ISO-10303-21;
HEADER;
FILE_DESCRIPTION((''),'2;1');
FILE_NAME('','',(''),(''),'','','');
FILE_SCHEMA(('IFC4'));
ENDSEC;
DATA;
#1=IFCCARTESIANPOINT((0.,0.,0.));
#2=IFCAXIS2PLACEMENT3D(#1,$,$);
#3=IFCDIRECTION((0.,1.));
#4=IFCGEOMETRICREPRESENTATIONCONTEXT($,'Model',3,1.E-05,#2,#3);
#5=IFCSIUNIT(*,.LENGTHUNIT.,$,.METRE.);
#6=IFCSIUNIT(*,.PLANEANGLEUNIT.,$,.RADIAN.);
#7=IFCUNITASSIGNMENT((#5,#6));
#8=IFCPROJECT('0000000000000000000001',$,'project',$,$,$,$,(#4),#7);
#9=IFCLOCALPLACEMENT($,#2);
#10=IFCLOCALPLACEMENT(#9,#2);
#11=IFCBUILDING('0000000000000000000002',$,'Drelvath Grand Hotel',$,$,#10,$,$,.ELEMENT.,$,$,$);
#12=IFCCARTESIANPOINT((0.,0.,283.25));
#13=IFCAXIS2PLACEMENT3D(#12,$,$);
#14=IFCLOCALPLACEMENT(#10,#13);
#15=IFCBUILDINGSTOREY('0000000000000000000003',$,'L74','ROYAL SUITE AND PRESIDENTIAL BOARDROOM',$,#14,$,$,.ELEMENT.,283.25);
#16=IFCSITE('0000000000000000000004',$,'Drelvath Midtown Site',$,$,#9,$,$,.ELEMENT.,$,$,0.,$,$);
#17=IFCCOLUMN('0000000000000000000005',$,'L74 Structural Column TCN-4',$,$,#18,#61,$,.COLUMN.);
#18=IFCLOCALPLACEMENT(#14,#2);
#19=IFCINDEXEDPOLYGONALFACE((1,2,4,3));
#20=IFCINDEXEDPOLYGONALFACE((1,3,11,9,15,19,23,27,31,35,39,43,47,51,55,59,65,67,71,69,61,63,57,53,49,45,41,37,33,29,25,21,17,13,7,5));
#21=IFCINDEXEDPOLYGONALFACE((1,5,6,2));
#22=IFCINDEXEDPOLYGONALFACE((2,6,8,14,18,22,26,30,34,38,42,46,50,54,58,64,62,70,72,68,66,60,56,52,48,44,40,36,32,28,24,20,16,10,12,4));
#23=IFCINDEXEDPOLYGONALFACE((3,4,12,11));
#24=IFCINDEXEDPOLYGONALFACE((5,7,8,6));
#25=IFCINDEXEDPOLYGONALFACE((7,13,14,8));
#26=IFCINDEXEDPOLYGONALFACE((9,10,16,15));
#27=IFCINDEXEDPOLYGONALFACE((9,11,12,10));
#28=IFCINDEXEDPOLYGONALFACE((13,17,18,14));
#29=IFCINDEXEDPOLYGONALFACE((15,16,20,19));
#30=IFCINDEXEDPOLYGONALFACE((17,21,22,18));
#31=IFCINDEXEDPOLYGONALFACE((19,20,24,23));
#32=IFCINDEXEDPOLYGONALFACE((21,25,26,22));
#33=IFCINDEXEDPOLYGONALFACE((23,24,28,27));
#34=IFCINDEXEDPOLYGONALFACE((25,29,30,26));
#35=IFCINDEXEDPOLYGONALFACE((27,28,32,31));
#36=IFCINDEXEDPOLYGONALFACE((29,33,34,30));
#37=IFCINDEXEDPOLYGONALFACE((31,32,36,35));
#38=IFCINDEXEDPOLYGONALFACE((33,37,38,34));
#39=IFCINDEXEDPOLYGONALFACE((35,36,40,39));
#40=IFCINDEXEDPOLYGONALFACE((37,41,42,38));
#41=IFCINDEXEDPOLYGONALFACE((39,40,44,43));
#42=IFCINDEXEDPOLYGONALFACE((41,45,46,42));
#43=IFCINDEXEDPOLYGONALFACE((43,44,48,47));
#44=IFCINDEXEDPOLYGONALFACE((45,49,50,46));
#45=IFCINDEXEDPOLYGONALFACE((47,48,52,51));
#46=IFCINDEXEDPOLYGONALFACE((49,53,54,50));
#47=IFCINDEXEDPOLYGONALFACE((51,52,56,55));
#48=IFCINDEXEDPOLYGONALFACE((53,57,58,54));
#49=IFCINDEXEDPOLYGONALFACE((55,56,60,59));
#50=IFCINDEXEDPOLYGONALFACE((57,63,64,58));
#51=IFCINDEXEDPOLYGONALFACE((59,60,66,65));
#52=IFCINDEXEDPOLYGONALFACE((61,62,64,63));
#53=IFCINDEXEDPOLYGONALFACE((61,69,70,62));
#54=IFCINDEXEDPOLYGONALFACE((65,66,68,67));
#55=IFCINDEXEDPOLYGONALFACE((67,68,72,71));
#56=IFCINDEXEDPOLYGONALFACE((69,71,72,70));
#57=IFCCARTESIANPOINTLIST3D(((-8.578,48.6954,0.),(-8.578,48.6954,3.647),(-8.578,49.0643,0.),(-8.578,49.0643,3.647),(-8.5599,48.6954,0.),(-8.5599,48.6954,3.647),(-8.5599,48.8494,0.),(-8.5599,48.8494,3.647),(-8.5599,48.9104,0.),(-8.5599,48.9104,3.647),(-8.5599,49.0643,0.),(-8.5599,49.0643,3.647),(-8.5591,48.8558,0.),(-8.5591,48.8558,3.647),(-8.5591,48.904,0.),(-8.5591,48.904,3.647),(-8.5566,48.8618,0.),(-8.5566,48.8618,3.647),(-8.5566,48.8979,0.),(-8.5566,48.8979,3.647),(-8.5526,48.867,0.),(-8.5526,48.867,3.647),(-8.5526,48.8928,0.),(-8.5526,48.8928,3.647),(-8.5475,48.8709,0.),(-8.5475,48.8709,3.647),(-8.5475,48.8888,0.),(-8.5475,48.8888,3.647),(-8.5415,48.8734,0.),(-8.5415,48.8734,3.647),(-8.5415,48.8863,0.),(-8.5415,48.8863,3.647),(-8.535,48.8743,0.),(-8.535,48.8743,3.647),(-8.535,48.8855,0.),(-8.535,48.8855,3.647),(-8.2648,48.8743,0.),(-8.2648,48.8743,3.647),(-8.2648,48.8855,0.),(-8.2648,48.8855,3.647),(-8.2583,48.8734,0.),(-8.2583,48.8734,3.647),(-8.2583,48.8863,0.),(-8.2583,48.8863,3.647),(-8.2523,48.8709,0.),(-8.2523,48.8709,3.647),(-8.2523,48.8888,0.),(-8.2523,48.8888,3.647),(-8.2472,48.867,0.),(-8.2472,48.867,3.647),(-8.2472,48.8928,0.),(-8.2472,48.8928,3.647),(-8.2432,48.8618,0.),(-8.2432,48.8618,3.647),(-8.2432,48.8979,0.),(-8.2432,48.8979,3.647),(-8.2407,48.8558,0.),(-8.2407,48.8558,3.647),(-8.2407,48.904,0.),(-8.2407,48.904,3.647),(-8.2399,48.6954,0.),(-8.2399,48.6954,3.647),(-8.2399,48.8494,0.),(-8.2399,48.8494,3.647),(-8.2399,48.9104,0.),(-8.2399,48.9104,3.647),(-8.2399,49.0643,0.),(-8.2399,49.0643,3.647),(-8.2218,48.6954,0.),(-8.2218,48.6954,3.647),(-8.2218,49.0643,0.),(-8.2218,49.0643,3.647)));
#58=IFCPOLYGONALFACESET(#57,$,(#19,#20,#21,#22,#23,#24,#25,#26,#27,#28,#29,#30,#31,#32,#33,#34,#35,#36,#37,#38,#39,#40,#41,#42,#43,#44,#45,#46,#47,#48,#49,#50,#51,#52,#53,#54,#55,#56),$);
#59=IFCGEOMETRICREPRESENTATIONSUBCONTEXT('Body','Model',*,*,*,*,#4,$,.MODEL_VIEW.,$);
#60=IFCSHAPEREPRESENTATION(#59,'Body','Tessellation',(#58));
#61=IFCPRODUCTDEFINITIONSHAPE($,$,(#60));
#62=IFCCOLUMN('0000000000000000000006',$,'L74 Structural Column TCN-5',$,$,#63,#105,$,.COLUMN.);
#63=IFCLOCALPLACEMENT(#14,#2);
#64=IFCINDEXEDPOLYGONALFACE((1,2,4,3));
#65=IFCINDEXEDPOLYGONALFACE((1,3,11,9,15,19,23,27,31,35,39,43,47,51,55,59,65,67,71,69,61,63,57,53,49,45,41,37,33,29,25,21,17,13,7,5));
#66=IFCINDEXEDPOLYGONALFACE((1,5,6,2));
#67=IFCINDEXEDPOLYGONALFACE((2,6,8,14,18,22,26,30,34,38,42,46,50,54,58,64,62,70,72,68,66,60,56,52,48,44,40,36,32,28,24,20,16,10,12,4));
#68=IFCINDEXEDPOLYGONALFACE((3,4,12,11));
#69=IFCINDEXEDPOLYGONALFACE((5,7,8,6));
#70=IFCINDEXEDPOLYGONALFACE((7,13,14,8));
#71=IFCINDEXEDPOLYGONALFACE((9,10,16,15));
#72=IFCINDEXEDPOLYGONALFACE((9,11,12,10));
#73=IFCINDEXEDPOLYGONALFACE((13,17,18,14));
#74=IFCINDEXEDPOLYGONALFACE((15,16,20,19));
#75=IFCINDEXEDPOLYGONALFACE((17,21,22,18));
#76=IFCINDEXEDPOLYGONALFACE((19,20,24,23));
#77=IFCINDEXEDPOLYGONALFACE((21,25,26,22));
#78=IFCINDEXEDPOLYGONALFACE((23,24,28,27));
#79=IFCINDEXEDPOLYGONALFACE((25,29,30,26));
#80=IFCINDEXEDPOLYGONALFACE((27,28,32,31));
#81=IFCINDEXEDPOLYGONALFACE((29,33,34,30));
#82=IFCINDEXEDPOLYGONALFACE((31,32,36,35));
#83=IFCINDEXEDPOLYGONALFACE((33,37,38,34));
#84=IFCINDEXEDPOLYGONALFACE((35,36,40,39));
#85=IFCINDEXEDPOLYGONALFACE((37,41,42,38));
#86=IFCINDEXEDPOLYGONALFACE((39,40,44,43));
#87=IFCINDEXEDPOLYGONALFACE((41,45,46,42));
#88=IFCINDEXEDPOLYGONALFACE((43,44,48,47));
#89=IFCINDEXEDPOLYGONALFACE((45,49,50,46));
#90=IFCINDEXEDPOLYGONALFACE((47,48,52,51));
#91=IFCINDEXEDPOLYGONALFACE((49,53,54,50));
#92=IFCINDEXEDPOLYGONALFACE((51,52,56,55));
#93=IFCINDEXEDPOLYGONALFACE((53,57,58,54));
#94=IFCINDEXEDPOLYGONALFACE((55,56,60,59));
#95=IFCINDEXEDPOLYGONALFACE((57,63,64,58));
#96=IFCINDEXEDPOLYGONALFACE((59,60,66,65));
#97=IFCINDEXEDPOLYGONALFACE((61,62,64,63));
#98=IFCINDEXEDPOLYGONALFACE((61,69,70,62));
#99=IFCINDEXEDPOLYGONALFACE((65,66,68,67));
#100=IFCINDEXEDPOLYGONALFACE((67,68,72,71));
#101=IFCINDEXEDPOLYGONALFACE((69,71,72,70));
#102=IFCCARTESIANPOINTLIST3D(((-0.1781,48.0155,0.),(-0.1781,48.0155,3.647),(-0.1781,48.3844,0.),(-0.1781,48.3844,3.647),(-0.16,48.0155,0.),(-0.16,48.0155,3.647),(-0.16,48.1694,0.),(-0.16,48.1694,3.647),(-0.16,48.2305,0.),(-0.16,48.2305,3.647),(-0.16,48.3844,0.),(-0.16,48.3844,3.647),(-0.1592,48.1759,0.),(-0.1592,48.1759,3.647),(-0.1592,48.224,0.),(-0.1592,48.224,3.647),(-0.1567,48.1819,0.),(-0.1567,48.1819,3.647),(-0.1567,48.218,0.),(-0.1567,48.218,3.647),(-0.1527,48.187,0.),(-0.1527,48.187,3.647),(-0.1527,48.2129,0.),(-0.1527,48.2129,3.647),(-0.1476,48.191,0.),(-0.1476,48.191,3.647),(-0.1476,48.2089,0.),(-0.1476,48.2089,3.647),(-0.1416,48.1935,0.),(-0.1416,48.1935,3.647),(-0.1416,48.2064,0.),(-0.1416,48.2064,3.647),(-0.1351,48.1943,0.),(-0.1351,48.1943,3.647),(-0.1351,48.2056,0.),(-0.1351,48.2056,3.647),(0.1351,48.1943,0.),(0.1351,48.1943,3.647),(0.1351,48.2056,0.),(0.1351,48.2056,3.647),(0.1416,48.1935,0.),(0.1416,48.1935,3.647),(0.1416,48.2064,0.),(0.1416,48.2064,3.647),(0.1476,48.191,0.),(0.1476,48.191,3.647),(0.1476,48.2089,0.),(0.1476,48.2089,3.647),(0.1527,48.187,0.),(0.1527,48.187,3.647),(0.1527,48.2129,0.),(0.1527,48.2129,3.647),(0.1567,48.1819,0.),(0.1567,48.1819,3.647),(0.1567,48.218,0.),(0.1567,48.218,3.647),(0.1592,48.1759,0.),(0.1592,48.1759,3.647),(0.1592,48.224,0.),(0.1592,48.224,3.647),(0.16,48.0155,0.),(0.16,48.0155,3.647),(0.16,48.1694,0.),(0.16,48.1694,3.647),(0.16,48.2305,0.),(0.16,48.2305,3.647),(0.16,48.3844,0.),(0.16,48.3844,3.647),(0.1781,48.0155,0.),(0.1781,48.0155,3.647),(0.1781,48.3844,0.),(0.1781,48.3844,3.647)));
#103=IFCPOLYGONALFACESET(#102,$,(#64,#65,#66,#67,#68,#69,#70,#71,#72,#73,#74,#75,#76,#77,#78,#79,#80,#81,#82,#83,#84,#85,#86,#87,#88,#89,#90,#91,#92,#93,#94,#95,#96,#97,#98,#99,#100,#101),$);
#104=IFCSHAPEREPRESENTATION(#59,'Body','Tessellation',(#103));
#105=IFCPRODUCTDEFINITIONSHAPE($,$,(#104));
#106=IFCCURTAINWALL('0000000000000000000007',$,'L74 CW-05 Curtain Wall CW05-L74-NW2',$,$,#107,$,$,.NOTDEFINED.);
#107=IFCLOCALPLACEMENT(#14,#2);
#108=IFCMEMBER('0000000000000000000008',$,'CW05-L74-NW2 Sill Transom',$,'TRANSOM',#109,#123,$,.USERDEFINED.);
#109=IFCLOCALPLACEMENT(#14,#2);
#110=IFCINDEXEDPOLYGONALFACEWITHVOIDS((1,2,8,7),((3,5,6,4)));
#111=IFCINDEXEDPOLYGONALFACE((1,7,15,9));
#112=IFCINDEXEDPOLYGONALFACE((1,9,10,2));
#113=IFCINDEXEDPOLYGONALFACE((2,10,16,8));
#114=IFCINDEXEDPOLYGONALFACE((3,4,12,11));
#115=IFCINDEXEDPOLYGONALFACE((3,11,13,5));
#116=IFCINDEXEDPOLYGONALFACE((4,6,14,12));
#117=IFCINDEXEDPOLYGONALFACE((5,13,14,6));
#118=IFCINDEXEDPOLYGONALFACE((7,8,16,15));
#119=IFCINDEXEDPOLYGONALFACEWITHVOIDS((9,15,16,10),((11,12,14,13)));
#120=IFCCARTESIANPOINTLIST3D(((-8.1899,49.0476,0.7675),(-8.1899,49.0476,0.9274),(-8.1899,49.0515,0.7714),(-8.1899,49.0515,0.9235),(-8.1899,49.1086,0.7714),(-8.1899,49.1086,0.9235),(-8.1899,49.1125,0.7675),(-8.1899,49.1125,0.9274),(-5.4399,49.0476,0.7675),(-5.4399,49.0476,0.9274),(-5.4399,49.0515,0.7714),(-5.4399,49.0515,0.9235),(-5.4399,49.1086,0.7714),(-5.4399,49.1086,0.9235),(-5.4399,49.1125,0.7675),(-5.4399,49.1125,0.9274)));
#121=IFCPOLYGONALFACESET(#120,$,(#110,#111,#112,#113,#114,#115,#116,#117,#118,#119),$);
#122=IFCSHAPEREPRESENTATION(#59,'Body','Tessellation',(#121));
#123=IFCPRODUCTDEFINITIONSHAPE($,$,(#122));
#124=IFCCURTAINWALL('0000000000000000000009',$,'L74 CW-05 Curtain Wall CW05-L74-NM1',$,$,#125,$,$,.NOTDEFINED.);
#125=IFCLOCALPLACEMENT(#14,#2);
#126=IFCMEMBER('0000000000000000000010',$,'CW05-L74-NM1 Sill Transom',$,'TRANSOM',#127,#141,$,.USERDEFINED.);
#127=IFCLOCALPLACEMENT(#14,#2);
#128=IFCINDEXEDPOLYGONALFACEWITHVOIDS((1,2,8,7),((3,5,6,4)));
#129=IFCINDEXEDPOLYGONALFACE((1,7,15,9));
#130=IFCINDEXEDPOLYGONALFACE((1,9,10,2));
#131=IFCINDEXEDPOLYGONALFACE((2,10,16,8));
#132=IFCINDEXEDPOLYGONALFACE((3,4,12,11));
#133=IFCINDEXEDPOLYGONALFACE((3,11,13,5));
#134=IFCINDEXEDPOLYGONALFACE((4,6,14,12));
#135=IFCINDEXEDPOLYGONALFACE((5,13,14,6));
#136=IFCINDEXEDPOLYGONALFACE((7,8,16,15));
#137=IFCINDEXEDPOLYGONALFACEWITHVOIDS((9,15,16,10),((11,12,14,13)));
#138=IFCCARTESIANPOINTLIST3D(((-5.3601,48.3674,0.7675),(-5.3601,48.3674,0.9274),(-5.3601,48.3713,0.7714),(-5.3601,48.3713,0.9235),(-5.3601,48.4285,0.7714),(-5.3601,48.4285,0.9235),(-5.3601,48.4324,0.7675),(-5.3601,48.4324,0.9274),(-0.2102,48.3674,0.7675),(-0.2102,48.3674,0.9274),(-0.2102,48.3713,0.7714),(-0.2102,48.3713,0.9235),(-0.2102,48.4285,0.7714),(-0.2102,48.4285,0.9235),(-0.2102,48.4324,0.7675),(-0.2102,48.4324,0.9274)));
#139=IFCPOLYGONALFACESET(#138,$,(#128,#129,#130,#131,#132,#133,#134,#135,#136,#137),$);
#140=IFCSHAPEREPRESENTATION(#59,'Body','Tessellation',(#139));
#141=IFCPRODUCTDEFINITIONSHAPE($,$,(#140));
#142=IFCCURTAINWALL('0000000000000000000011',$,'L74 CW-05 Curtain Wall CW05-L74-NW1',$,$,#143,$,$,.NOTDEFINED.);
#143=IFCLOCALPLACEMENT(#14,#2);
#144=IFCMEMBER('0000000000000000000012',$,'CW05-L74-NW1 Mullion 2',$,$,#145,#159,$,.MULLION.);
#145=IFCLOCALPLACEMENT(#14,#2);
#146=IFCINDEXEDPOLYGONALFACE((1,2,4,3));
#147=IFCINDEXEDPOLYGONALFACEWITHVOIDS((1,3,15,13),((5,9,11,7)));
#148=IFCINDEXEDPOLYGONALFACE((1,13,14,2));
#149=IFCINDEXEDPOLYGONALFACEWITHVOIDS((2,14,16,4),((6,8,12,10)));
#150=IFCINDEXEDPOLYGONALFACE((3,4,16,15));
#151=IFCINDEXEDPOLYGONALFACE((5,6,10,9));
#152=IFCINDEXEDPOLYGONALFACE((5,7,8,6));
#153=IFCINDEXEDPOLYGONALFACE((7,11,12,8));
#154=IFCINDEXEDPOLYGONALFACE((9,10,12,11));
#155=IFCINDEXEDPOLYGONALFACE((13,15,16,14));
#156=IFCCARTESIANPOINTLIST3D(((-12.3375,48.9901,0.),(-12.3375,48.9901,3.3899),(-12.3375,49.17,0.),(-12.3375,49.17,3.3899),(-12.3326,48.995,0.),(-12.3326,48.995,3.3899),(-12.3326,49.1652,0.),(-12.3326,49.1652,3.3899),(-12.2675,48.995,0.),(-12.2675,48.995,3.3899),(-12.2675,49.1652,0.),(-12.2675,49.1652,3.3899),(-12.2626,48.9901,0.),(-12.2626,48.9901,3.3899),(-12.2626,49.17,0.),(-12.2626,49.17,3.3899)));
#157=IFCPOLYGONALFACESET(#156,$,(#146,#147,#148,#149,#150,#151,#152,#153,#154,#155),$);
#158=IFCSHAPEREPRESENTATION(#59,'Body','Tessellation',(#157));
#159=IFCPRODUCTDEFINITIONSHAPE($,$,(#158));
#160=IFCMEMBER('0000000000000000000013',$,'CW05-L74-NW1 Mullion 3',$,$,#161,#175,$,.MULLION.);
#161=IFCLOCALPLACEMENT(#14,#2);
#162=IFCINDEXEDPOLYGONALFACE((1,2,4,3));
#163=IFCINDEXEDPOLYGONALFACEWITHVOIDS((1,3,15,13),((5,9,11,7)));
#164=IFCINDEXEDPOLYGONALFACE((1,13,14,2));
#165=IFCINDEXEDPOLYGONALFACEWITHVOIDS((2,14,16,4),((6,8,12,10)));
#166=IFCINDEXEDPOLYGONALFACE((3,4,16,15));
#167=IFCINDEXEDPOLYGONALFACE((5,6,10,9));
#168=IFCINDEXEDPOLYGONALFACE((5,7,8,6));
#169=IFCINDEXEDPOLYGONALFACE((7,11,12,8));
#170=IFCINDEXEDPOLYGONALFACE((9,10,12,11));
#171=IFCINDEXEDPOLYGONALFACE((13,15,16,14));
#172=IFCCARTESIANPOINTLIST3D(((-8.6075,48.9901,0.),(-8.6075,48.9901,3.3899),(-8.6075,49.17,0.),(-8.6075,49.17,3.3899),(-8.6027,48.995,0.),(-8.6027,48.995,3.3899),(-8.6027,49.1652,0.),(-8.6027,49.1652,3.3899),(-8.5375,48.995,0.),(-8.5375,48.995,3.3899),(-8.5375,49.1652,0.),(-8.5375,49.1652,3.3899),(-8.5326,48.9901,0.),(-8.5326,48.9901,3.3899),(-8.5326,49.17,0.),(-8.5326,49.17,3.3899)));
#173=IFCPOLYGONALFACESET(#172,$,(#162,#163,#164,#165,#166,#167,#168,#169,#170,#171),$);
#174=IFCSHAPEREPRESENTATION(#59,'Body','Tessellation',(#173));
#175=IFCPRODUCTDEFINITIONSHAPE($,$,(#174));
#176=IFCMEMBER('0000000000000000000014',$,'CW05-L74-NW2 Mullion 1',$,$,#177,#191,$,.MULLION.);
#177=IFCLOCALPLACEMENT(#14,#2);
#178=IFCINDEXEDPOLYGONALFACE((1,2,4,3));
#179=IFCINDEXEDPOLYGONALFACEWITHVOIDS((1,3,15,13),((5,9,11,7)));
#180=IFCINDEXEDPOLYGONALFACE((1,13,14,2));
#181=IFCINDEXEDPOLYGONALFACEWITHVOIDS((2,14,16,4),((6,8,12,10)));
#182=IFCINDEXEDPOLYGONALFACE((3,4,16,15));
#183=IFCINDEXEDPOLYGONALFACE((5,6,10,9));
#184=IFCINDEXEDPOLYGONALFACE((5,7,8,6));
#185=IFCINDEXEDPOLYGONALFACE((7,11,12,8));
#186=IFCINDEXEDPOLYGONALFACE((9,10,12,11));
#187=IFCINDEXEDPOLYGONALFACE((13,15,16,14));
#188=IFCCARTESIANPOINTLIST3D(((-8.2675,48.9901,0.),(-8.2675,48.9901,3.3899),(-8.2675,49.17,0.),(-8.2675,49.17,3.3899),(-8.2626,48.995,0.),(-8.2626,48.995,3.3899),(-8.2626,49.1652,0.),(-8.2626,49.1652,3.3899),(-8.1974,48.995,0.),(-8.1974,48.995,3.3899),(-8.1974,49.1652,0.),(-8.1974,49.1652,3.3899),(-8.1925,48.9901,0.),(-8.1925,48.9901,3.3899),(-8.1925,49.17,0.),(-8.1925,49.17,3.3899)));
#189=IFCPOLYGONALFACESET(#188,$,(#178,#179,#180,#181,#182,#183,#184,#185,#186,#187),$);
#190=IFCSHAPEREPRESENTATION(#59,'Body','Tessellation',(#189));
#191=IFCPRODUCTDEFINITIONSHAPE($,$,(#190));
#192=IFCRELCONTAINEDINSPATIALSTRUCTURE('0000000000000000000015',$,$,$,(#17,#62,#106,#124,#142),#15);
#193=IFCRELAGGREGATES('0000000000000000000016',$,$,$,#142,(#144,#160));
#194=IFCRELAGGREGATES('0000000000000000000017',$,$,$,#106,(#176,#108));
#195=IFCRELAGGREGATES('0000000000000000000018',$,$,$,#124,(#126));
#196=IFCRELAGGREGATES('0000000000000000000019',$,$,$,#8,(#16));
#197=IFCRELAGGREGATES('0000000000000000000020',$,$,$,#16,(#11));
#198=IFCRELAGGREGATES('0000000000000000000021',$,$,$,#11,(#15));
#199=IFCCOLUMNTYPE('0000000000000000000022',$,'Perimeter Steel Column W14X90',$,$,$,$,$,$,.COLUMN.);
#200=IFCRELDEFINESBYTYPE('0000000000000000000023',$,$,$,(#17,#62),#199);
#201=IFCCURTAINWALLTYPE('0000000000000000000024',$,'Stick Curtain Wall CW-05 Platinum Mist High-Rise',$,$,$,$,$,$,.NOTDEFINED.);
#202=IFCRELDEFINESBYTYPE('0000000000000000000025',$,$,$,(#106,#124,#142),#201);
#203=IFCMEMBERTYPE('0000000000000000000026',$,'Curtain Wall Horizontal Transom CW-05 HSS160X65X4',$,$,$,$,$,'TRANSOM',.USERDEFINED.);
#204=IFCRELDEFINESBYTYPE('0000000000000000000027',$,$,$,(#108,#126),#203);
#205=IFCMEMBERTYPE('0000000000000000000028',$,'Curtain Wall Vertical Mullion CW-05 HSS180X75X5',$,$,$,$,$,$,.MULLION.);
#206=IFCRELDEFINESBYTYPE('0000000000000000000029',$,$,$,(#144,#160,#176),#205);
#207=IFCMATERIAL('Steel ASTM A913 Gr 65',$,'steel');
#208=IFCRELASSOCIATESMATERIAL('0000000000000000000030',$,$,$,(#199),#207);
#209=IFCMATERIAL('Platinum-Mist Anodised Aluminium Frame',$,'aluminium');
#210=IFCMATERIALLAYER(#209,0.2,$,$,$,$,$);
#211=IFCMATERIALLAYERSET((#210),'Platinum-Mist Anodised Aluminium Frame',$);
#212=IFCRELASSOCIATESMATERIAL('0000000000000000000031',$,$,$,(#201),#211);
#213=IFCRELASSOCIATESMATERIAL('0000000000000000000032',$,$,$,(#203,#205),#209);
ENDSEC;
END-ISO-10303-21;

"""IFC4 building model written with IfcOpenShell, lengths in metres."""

from ifc_helpers import new_model, si_unit, direction, frame, origin, origin_2d, place, context, subcontext, project, spatial, hollow_rectangle, i_section, extrude, material, layer, layer_set, material_profile, profile_set, type_object, element, aggregate, save


model = new_model("IFC4")

# Units and contexts
model_context = context("Model", 3, precision=1e-05, world=origin(), true_north=direction((0.0, 1.0)))
body_context = subcontext(model_context, "Body", "Model", "MODEL_VIEW")
ifc_project = project(units=[si_unit("LENGTHUNIT", "METRE"), si_unit("PLANEANGLEUNIT", "RADIAN")], contexts=[model_context])

# Site, building, storey
site_placement = place(None, origin())
site = spatial("IfcSite", under=ifc_project, at=site_placement, Name="Drelvath Midtown Site", CompositionType="ELEMENT", RefElevation=0.0)
building_placement = place(site_placement, origin())
building = spatial("IfcBuilding", under=site, at=building_placement, Name="Drelvath Grand Hotel", CompositionType="ELEMENT")
storey_placement = place(building_placement, frame((0.0, 0.0, 283.25)))
storey = spatial("IfcBuildingStorey", under=building, at=storey_placement, Name="L74", Description="ROYAL SUITE AND PRESIDENTIAL BOARDROOM", CompositionType="ELEMENT", Elevation=283.25)

# Columns
ifc_material_1 = material(Name="Steel ASTM A913 Gr 65", Category="steel")
ifc_material_profile_1 = material_profile(ifc_material_1, i_section(OverallWidth=0.3689, OverallDepth=0.3562, WebThickness=0.0112, FlangeThickness=0.0181, FilletRadius=0.0249, at=origin_2d()), Name="W14X90")
ifc_profile_set_1 = profile_set([ifc_material_profile_1], Name="Steel ASTM A913 Gr 65")
column_type = type_object("IfcColumnType", Name="Perimeter Steel Column W14X90", PredefinedType="COLUMN", material=ifc_profile_set_1)
for number, where, z_axis, x_axis, name in (
    (1, (-8.3999, 48.8799, 0.0), (0.0, 0.0, 1.0), (0.0, 1.0, 0.0), "L74 Structural Column TCN-4"),
    (2, (0.0, 48.2, 0.0), (0.0, 0.0, 1.0), (0.0, 1.0, 0.0), "L74 Structural Column TCN-5"),
):
    element("IfcColumn", number, at=place(storey_placement, frame(where, z_axis=z_axis, x_axis=x_axis)), inside=storey, type_object=column_type, Name=name, PredefinedType="COLUMN", context=body_context, shape_type="SweptSolid", body=[
        extrude(i_section(OverallWidth=0.3689, OverallDepth=0.3562, WebThickness=0.0112, FlangeThickness=0.0181, FilletRadius=0.0249, at=origin_2d()), origin(), (0.0, 0.0, 1.0), 3.647),
    ])

# Curtain walls, members
ifc_material_2 = material(Name="Platinum-Mist Anodised Aluminium Frame", Category="aluminium")
ifc_layer_1 = layer(ifc_material_2, 0.2)
ifc_layer_set_1 = layer_set([ifc_layer_1], Name="Platinum-Mist Anodised Aluminium Frame")
curtain_wall_type = type_object("IfcCurtainWallType", Name="Stick Curtain Wall CW-05 Platinum Mist High-Rise", PredefinedType="NOTDEFINED", material=ifc_layer_set_1)
curtain_wall_1_placement = place(storey_placement, origin())
curtain_wall_1 = element("IfcCurtainWall", 3, at=curtain_wall_1_placement, inside=storey, type_object=curtain_wall_type, Name="L74 CW-05 Curtain Wall CW05-L74-NW2", PredefinedType="NOTDEFINED")
ifc_material_profile_2 = material_profile(ifc_material_2, hollow_rectangle(XDim=0.0649, YDim=0.1599, WallThickness=0.0039, at=origin_2d()), Name="HSS160X65X4")
ifc_profile_set_2 = profile_set([ifc_material_profile_2], Name="Platinum-Mist Anodised Aluminium Frame")
member_type_1 = type_object("IfcMemberType", Name="Curtain Wall Horizontal Transom CW-05 HSS160X65X4", ElementType="TRANSOM", PredefinedType="USERDEFINED", material=ifc_profile_set_2)
member_1_placement = place(storey_placement, frame((-8.1899, 49.0801, 0.8474), z_axis=(1.0, 0.0, 0.0), x_axis=(0.0, 1.0, 0.0)))
member_1 = element("IfcMember", 4, at=member_1_placement, type_object=member_type_1, Name="CW05-L74-NW2 Sill Transom", ObjectType="TRANSOM", PredefinedType="USERDEFINED", context=body_context, shape_type="SweptSolid", body=[
    extrude(hollow_rectangle(XDim=0.0649, YDim=0.1599, WallThickness=0.0039, at=origin_2d()), origin(), (0.0, 0.0, 1.0), 2.75),
])
curtain_wall_2_placement = place(storey_placement, origin())
curtain_wall_2 = element("IfcCurtainWall", 5, at=curtain_wall_2_placement, inside=storey, type_object=curtain_wall_type, Name="L74 CW-05 Curtain Wall CW05-L74-NM1", PredefinedType="NOTDEFINED")
member_2_placement = place(storey_placement, frame((-5.3601, 48.3999, 0.8474), z_axis=(1.0, 0.0, 0.0), x_axis=(0.0, 1.0, 0.0)))
member_2 = element("IfcMember", 6, at=member_2_placement, type_object=member_type_1, Name="CW05-L74-NM1 Sill Transom", ObjectType="TRANSOM", PredefinedType="USERDEFINED", context=body_context, shape_type="SweptSolid", body=[
    extrude(hollow_rectangle(XDim=0.0649, YDim=0.1599, WallThickness=0.0039, at=origin_2d()), origin(), (0.0, 0.0, 1.0), 5.1499),
])

# Curtain wall, members
curtain_wall_3_placement = place(storey_placement, origin())
curtain_wall_3 = element("IfcCurtainWall", 7, at=curtain_wall_3_placement, inside=storey, type_object=curtain_wall_type, Name="L74 CW-05 Curtain Wall CW05-L74-NW1", PredefinedType="NOTDEFINED")
ifc_material_profile_3 = material_profile(ifc_material_2, hollow_rectangle(XDim=0.075, YDim=0.1799, WallThickness=0.0049, at=origin_2d()), Name="HSS180X75X5")
ifc_profile_set_3 = profile_set([ifc_material_profile_3], Name="Platinum-Mist Anodised Aluminium Frame")
member_type_2 = type_object("IfcMemberType", Name="Curtain Wall Vertical Mullion CW-05 HSS180X75X5", PredefinedType="MULLION", material=ifc_profile_set_3)
member_3_placement = place(storey_placement, frame((-12.3, 49.0801, 0.0), z_axis=(0.0, 0.0, 1.0), x_axis=(1.0, 0.0, 0.0)))
member_3 = element("IfcMember", 8, at=member_3_placement, type_object=member_type_2, Name="CW05-L74-NW1 Mullion 2", PredefinedType="MULLION", context=body_context, shape_type="SweptSolid", body=[
    extrude(hollow_rectangle(XDim=0.075, YDim=0.1799, WallThickness=0.0049, at=origin_2d()), origin(), (0.0, 0.0, 1.0), 3.3899),
])
member_4_placement = place(storey_placement, frame((-8.5701, 49.0801, 0.0), z_axis=(0.0, 0.0, 1.0), x_axis=(1.0, 0.0, 0.0)))
member_4 = element("IfcMember", 9, at=member_4_placement, type_object=member_type_2, Name="CW05-L74-NW1 Mullion 3", PredefinedType="MULLION", context=body_context, shape_type="SweptSolid", body=[
    extrude(hollow_rectangle(XDim=0.075, YDim=0.1799, WallThickness=0.0049, at=origin_2d()), origin(), (0.0, 0.0, 1.0), 3.3899),
])

# Member
member_5_placement = place(storey_placement, frame((-8.23, 49.0801, 0.0), z_axis=(0.0, 0.0, 1.0), x_axis=(1.0, 0.0, 0.0)))
member_5 = element("IfcMember", 10, at=member_5_placement, type_object=member_type_2, Name="CW05-L74-NW2 Mullion 1", PredefinedType="MULLION", context=body_context, shape_type="SweptSolid", body=[
    extrude(hollow_rectangle(XDim=0.075, YDim=0.1799, WallThickness=0.0049, at=origin_2d()), origin(), (0.0, 0.0, 1.0), 3.3899),
])

aggregate(curtain_wall_3, [member_3, member_4])
aggregate(curtain_wall_1, [member_5, member_1])
aggregate(curtain_wall_2, [member_2])

save(model, "model.ifc")
